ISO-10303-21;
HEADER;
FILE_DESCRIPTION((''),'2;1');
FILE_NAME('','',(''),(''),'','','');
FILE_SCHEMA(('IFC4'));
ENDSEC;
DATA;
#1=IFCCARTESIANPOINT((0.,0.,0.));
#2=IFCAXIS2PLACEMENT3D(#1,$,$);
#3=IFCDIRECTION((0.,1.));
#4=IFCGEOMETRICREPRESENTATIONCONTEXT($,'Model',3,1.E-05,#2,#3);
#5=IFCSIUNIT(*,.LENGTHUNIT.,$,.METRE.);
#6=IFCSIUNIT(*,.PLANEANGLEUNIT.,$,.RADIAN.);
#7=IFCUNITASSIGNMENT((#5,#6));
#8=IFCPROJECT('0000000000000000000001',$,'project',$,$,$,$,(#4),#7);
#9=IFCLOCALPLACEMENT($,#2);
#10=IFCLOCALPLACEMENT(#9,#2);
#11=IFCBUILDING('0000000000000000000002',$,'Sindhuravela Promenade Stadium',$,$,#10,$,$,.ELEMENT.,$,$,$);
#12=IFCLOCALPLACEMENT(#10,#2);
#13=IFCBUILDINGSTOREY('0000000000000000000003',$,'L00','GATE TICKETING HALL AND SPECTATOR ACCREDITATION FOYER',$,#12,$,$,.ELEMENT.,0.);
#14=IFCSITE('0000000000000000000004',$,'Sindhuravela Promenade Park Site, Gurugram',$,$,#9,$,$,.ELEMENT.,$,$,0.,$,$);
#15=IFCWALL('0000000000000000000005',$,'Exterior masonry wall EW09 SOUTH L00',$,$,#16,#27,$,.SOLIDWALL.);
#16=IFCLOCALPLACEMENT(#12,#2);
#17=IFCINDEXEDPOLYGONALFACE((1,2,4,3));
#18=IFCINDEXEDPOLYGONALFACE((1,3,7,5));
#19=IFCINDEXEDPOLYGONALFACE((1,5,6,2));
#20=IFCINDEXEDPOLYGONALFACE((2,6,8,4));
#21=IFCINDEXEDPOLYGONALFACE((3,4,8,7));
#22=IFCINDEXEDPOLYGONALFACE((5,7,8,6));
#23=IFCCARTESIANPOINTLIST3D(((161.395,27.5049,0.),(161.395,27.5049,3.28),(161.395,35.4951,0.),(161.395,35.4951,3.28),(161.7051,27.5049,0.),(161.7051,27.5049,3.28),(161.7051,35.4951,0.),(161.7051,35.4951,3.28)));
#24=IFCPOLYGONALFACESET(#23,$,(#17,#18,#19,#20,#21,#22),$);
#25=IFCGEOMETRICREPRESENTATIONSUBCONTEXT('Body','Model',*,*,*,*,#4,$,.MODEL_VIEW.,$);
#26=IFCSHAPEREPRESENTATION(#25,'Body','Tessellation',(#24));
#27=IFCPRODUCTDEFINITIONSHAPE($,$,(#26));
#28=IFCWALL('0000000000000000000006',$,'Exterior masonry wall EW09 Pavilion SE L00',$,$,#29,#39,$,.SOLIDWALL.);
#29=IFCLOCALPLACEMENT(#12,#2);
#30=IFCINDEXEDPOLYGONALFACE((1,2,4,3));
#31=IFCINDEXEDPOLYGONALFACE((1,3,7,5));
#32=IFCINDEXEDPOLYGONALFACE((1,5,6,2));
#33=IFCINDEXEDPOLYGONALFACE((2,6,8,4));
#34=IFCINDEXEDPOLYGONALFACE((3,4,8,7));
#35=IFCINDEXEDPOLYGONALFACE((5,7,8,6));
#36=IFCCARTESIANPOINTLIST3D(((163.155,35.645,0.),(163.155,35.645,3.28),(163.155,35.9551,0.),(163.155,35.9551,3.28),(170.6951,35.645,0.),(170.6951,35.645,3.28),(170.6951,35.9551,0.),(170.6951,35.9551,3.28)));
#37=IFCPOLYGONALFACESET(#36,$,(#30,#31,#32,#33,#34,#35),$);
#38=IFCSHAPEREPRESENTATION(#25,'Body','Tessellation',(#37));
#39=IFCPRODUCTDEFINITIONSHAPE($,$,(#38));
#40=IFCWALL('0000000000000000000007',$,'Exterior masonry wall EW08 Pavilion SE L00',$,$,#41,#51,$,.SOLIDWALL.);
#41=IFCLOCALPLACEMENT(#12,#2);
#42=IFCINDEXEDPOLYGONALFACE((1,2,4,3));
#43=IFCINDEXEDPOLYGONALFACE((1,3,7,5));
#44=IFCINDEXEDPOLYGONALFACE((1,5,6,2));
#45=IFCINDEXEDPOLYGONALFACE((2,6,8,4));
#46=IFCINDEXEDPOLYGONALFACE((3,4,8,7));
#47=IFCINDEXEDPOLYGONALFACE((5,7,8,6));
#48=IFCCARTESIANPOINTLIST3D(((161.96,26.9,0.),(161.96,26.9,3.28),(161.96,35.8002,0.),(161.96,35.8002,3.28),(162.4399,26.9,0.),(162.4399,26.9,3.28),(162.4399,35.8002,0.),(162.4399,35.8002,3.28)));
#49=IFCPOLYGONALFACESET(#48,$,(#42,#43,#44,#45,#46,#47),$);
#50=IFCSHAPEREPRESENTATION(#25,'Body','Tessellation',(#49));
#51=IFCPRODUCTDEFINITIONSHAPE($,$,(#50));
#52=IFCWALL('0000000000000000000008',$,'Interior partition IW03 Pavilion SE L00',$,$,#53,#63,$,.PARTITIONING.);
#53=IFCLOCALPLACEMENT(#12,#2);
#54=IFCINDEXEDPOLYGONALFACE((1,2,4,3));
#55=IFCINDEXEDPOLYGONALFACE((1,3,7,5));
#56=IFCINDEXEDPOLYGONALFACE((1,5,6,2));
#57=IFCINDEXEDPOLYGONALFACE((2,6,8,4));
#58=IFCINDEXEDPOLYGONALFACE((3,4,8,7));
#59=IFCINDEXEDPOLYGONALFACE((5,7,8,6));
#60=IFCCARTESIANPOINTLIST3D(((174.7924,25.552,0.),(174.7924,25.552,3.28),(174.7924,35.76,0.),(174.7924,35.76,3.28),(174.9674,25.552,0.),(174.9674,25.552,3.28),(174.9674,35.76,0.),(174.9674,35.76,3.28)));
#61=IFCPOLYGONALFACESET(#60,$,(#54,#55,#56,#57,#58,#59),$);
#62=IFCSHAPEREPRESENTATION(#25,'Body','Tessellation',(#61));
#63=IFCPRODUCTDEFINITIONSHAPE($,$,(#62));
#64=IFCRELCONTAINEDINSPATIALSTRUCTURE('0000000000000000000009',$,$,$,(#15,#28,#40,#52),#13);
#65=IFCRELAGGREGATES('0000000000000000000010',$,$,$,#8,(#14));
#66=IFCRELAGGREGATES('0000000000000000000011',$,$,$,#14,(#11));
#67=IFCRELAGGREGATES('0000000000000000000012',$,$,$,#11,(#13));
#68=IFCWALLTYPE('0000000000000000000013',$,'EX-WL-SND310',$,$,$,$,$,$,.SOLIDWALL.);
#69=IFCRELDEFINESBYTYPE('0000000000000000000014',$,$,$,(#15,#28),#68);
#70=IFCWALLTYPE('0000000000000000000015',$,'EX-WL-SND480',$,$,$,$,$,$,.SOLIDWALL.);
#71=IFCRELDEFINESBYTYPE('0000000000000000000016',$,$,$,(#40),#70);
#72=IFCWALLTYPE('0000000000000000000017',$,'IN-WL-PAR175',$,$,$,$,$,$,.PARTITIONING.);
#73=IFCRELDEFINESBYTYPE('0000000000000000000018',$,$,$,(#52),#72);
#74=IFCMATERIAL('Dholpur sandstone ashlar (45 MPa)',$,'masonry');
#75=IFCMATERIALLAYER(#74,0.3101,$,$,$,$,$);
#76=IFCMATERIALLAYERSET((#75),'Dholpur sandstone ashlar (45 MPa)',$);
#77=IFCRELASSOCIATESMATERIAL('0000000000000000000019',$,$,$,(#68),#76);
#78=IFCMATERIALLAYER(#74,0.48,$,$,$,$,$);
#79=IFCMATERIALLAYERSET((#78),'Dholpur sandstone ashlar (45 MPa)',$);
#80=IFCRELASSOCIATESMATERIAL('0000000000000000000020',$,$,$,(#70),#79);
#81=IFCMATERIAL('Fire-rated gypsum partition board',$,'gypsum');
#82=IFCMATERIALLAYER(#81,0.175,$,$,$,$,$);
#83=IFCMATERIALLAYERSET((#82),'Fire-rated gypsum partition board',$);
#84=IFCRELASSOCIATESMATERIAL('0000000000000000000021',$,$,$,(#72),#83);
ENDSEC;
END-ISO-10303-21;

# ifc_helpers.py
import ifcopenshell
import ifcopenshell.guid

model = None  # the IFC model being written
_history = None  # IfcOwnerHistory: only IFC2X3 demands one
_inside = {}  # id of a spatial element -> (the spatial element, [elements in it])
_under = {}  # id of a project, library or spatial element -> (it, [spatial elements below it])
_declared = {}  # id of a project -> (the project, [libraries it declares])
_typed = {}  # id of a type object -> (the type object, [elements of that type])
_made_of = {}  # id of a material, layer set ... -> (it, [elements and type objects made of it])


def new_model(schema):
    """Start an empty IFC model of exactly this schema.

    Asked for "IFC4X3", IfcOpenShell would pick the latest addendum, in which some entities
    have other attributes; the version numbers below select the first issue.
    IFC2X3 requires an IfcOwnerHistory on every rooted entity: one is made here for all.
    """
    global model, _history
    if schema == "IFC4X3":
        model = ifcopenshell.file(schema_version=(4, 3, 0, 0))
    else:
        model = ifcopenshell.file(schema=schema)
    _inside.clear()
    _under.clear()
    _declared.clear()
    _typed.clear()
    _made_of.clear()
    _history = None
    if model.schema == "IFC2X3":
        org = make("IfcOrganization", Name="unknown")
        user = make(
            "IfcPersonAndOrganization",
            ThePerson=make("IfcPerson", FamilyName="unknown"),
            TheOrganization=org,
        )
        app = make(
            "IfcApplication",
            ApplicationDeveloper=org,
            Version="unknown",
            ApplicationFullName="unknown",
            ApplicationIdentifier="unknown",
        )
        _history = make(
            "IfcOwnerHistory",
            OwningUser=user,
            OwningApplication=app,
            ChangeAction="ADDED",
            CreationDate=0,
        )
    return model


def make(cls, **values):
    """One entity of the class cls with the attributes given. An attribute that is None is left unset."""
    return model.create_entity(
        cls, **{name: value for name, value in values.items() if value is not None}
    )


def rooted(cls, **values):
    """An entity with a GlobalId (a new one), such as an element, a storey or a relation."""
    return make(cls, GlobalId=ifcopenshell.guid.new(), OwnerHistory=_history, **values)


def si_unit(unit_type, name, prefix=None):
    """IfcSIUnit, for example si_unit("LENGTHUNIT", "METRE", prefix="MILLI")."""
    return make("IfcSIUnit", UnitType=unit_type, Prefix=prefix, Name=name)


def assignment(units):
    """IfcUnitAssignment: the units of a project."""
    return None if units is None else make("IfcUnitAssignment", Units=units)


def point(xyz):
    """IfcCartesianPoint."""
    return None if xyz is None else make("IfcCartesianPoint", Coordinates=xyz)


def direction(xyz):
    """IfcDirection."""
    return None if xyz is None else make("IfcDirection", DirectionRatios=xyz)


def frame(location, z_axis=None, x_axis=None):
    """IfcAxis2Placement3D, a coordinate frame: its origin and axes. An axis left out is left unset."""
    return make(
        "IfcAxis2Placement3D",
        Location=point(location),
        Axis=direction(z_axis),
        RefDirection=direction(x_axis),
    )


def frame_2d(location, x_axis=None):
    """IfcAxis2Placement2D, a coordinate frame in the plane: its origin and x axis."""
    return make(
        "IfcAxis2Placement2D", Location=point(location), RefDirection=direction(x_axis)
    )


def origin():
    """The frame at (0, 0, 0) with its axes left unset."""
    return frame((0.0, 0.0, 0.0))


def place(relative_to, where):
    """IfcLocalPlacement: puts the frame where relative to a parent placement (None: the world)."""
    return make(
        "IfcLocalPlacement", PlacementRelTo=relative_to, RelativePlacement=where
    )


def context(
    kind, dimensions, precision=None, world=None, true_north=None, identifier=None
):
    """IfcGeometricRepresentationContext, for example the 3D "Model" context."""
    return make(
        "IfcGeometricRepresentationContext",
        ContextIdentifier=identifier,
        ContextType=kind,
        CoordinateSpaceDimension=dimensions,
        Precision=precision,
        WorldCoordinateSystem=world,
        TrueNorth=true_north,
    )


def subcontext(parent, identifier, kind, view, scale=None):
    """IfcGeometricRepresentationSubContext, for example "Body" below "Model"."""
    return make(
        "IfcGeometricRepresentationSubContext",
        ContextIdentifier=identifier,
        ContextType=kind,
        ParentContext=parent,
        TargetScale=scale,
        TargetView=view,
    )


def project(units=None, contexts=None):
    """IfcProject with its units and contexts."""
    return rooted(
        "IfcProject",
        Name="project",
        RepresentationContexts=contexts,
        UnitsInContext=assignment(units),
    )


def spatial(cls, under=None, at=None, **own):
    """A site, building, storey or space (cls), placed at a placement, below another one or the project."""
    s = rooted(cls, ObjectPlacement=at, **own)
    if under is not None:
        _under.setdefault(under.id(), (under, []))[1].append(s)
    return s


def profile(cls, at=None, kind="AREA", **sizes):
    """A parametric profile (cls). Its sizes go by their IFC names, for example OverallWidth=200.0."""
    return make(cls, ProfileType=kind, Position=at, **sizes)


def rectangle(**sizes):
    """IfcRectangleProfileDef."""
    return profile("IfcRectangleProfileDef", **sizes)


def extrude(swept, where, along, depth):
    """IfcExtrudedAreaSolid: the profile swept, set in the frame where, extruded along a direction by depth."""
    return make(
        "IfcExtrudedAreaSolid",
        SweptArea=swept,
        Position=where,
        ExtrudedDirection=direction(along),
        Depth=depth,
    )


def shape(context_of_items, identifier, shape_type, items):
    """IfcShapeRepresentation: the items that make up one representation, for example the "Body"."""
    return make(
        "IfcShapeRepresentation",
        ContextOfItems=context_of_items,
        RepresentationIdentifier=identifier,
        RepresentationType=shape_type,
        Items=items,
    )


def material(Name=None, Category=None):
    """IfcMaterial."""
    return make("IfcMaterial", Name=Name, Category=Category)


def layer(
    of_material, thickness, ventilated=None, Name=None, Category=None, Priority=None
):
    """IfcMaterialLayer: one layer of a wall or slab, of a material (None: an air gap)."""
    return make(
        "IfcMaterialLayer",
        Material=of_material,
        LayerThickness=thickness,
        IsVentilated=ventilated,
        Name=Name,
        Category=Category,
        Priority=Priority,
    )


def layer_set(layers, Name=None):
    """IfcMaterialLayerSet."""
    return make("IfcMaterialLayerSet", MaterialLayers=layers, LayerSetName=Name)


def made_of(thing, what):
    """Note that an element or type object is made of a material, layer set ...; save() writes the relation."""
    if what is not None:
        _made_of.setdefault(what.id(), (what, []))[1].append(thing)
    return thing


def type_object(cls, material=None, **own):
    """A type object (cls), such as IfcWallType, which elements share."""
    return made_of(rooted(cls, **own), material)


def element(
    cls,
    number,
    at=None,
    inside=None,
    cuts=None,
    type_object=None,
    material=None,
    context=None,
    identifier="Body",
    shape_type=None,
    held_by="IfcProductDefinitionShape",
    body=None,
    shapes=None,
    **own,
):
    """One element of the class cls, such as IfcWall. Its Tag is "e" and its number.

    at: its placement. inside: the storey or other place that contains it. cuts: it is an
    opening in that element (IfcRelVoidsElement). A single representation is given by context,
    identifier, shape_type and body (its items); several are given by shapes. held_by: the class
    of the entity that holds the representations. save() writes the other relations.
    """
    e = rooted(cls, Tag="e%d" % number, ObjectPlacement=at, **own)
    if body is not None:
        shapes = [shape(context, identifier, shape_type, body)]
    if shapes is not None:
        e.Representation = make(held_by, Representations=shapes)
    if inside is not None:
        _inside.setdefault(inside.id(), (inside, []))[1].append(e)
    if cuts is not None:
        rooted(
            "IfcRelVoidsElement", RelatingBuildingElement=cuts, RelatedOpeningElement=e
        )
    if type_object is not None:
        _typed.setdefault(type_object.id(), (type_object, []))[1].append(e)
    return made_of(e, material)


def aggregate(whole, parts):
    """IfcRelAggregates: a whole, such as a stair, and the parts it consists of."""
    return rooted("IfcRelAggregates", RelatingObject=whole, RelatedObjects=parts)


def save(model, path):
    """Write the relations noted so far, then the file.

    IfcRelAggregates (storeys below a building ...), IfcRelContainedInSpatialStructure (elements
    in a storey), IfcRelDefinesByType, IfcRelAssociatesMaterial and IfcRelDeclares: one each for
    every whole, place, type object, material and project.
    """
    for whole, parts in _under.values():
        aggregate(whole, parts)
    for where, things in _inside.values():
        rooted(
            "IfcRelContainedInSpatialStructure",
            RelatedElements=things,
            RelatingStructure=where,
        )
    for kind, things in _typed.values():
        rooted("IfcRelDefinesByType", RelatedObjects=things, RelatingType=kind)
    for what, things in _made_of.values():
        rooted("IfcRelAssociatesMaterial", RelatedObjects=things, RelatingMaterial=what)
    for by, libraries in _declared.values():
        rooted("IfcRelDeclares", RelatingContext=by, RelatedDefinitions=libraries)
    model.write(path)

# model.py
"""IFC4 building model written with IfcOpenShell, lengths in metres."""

from ifc_helpers import new_model, si_unit, direction, frame, frame_2d, origin, place, context, subcontext, project, spatial, rectangle, extrude, material, layer, layer_set, type_object, element, save


model = new_model("IFC4")

# Units and contexts
model_context = context("Model", 3, precision=1e-05, world=origin(), true_north=direction((0.0, 1.0)))
body_context = subcontext(model_context, "Body", "Model", "MODEL_VIEW")
ifc_project = project(units=[si_unit("LENGTHUNIT", "METRE"), si_unit("PLANEANGLEUNIT", "RADIAN")], contexts=[model_context])

# Site, building, storey
site_placement = place(None, origin())
site = spatial("IfcSite", under=ifc_project, at=site_placement, Name="Sindhuravela Promenade Park Site, Gurugram", CompositionType="ELEMENT", RefElevation=0.0)
building_placement = place(site_placement, origin())
building = spatial("IfcBuilding", under=site, at=building_placement, Name="Sindhuravela Promenade Stadium", CompositionType="ELEMENT")
storey_placement = place(building_placement, origin())
storey = spatial("IfcBuildingStorey", under=building, at=storey_placement, Name="L00", Description="GATE TICKETING HALL AND SPECTATOR ACCREDITATION FOYER", CompositionType="ELEMENT", Elevation=0.0)

# Walls
ifc_material_1 = material(Name="Dholpur sandstone ashlar (45 MPa)", Category="masonry")
ifc_layer_1 = layer(ifc_material_1, 0.3101)
ifc_layer_set_1 = layer_set([ifc_layer_1], Name="Dholpur sandstone ashlar (45 MPa)")
wall_type_1 = type_object("IfcWallType", Name="EX-WL-SND310", PredefinedType="SOLIDWALL", material=ifc_layer_set_1)
wall_1_placement = place(storey_placement, frame((161.55, 35.4951, 0.0), z_axis=(0.0, 0.0, 1.0), x_axis=(0.0, -1.0, 0.0)))
element("IfcWall", 1, at=wall_1_placement, inside=storey, type_object=wall_type_1, Name="Exterior masonry wall EW09 SOUTH L00", PredefinedType="SOLIDWALL", context=body_context, shape_type="SweptSolid", body=[
    extrude(rectangle(XDim=7.9902, YDim=0.3101, at=frame_2d((3.9951, 0.0))), origin(), (0.0, 0.0, 1.0), 3.28),
])
wall_2_placement = place(storey_placement, frame((163.155, 35.8, 0.0), z_axis=(0.0, 0.0, 1.0), x_axis=(1.0, 0.0, 0.0)))
element("IfcWall", 2, at=wall_2_placement, inside=storey, type_object=wall_type_1, Name="Exterior masonry wall EW09 Pavilion SE L00", PredefinedType="SOLIDWALL", context=body_context, shape_type="SweptSolid", body=[
    extrude(rectangle(XDim=7.54, YDim=0.3101, at=frame_2d((3.77, 0.0))), origin(), (0.0, 0.0, 1.0), 3.28),
])
ifc_layer_2 = layer(ifc_material_1, 0.48)
ifc_layer_set_2 = layer_set([ifc_layer_2], Name="Dholpur sandstone ashlar (45 MPa)")
wall_type_2 = type_object("IfcWallType", Name="EX-WL-SND480", PredefinedType="SOLIDWALL", material=ifc_layer_set_2)
wall_3_placement = place(storey_placement, frame((162.2, 26.8999, 0.0), z_axis=(0.0, 0.0, 1.0), x_axis=(0.0, 1.0, 0.0)))
element("IfcWall", 3, at=wall_3_placement, inside=storey, type_object=wall_type_2, Name="Exterior masonry wall EW08 Pavilion SE L00", PredefinedType="SOLIDWALL", context=body_context, shape_type="SweptSolid", body=[
    extrude(rectangle(XDim=8.9001, YDim=0.48, at=frame_2d((4.4502, 0.0))), origin(), (0.0, 0.0, 1.0), 3.28),
])
ifc_material_2 = material(Name="Fire-rated gypsum partition board", Category="gypsum")
ifc_layer_3 = layer(ifc_material_2, 0.175)
ifc_layer_set_3 = layer_set([ifc_layer_3], Name="Fire-rated gypsum partition board")
wall_type_3 = type_object("IfcWallType", Name="IN-WL-PAR175", PredefinedType="PARTITIONING", material=ifc_layer_set_3)
wall_4_placement = place(storey_placement, frame((174.8799, 35.76, 0.0), z_axis=(0.0, 0.0, 1.0), x_axis=(0.0, -1.0, 0.0)))
element("IfcWall", 4, at=wall_4_placement, inside=storey, type_object=wall_type_3, Name="Interior partition IW03 Pavilion SE L00", PredefinedType="PARTITIONING", context=body_context, shape_type="SweptSolid", body=[
    extrude(rectangle(XDim=10.208, YDim=0.175, at=frame_2d((5.104, 0.0))), origin(), (0.0, 0.0, 1.0), 3.28),
])

save(model, "model.ifc")
